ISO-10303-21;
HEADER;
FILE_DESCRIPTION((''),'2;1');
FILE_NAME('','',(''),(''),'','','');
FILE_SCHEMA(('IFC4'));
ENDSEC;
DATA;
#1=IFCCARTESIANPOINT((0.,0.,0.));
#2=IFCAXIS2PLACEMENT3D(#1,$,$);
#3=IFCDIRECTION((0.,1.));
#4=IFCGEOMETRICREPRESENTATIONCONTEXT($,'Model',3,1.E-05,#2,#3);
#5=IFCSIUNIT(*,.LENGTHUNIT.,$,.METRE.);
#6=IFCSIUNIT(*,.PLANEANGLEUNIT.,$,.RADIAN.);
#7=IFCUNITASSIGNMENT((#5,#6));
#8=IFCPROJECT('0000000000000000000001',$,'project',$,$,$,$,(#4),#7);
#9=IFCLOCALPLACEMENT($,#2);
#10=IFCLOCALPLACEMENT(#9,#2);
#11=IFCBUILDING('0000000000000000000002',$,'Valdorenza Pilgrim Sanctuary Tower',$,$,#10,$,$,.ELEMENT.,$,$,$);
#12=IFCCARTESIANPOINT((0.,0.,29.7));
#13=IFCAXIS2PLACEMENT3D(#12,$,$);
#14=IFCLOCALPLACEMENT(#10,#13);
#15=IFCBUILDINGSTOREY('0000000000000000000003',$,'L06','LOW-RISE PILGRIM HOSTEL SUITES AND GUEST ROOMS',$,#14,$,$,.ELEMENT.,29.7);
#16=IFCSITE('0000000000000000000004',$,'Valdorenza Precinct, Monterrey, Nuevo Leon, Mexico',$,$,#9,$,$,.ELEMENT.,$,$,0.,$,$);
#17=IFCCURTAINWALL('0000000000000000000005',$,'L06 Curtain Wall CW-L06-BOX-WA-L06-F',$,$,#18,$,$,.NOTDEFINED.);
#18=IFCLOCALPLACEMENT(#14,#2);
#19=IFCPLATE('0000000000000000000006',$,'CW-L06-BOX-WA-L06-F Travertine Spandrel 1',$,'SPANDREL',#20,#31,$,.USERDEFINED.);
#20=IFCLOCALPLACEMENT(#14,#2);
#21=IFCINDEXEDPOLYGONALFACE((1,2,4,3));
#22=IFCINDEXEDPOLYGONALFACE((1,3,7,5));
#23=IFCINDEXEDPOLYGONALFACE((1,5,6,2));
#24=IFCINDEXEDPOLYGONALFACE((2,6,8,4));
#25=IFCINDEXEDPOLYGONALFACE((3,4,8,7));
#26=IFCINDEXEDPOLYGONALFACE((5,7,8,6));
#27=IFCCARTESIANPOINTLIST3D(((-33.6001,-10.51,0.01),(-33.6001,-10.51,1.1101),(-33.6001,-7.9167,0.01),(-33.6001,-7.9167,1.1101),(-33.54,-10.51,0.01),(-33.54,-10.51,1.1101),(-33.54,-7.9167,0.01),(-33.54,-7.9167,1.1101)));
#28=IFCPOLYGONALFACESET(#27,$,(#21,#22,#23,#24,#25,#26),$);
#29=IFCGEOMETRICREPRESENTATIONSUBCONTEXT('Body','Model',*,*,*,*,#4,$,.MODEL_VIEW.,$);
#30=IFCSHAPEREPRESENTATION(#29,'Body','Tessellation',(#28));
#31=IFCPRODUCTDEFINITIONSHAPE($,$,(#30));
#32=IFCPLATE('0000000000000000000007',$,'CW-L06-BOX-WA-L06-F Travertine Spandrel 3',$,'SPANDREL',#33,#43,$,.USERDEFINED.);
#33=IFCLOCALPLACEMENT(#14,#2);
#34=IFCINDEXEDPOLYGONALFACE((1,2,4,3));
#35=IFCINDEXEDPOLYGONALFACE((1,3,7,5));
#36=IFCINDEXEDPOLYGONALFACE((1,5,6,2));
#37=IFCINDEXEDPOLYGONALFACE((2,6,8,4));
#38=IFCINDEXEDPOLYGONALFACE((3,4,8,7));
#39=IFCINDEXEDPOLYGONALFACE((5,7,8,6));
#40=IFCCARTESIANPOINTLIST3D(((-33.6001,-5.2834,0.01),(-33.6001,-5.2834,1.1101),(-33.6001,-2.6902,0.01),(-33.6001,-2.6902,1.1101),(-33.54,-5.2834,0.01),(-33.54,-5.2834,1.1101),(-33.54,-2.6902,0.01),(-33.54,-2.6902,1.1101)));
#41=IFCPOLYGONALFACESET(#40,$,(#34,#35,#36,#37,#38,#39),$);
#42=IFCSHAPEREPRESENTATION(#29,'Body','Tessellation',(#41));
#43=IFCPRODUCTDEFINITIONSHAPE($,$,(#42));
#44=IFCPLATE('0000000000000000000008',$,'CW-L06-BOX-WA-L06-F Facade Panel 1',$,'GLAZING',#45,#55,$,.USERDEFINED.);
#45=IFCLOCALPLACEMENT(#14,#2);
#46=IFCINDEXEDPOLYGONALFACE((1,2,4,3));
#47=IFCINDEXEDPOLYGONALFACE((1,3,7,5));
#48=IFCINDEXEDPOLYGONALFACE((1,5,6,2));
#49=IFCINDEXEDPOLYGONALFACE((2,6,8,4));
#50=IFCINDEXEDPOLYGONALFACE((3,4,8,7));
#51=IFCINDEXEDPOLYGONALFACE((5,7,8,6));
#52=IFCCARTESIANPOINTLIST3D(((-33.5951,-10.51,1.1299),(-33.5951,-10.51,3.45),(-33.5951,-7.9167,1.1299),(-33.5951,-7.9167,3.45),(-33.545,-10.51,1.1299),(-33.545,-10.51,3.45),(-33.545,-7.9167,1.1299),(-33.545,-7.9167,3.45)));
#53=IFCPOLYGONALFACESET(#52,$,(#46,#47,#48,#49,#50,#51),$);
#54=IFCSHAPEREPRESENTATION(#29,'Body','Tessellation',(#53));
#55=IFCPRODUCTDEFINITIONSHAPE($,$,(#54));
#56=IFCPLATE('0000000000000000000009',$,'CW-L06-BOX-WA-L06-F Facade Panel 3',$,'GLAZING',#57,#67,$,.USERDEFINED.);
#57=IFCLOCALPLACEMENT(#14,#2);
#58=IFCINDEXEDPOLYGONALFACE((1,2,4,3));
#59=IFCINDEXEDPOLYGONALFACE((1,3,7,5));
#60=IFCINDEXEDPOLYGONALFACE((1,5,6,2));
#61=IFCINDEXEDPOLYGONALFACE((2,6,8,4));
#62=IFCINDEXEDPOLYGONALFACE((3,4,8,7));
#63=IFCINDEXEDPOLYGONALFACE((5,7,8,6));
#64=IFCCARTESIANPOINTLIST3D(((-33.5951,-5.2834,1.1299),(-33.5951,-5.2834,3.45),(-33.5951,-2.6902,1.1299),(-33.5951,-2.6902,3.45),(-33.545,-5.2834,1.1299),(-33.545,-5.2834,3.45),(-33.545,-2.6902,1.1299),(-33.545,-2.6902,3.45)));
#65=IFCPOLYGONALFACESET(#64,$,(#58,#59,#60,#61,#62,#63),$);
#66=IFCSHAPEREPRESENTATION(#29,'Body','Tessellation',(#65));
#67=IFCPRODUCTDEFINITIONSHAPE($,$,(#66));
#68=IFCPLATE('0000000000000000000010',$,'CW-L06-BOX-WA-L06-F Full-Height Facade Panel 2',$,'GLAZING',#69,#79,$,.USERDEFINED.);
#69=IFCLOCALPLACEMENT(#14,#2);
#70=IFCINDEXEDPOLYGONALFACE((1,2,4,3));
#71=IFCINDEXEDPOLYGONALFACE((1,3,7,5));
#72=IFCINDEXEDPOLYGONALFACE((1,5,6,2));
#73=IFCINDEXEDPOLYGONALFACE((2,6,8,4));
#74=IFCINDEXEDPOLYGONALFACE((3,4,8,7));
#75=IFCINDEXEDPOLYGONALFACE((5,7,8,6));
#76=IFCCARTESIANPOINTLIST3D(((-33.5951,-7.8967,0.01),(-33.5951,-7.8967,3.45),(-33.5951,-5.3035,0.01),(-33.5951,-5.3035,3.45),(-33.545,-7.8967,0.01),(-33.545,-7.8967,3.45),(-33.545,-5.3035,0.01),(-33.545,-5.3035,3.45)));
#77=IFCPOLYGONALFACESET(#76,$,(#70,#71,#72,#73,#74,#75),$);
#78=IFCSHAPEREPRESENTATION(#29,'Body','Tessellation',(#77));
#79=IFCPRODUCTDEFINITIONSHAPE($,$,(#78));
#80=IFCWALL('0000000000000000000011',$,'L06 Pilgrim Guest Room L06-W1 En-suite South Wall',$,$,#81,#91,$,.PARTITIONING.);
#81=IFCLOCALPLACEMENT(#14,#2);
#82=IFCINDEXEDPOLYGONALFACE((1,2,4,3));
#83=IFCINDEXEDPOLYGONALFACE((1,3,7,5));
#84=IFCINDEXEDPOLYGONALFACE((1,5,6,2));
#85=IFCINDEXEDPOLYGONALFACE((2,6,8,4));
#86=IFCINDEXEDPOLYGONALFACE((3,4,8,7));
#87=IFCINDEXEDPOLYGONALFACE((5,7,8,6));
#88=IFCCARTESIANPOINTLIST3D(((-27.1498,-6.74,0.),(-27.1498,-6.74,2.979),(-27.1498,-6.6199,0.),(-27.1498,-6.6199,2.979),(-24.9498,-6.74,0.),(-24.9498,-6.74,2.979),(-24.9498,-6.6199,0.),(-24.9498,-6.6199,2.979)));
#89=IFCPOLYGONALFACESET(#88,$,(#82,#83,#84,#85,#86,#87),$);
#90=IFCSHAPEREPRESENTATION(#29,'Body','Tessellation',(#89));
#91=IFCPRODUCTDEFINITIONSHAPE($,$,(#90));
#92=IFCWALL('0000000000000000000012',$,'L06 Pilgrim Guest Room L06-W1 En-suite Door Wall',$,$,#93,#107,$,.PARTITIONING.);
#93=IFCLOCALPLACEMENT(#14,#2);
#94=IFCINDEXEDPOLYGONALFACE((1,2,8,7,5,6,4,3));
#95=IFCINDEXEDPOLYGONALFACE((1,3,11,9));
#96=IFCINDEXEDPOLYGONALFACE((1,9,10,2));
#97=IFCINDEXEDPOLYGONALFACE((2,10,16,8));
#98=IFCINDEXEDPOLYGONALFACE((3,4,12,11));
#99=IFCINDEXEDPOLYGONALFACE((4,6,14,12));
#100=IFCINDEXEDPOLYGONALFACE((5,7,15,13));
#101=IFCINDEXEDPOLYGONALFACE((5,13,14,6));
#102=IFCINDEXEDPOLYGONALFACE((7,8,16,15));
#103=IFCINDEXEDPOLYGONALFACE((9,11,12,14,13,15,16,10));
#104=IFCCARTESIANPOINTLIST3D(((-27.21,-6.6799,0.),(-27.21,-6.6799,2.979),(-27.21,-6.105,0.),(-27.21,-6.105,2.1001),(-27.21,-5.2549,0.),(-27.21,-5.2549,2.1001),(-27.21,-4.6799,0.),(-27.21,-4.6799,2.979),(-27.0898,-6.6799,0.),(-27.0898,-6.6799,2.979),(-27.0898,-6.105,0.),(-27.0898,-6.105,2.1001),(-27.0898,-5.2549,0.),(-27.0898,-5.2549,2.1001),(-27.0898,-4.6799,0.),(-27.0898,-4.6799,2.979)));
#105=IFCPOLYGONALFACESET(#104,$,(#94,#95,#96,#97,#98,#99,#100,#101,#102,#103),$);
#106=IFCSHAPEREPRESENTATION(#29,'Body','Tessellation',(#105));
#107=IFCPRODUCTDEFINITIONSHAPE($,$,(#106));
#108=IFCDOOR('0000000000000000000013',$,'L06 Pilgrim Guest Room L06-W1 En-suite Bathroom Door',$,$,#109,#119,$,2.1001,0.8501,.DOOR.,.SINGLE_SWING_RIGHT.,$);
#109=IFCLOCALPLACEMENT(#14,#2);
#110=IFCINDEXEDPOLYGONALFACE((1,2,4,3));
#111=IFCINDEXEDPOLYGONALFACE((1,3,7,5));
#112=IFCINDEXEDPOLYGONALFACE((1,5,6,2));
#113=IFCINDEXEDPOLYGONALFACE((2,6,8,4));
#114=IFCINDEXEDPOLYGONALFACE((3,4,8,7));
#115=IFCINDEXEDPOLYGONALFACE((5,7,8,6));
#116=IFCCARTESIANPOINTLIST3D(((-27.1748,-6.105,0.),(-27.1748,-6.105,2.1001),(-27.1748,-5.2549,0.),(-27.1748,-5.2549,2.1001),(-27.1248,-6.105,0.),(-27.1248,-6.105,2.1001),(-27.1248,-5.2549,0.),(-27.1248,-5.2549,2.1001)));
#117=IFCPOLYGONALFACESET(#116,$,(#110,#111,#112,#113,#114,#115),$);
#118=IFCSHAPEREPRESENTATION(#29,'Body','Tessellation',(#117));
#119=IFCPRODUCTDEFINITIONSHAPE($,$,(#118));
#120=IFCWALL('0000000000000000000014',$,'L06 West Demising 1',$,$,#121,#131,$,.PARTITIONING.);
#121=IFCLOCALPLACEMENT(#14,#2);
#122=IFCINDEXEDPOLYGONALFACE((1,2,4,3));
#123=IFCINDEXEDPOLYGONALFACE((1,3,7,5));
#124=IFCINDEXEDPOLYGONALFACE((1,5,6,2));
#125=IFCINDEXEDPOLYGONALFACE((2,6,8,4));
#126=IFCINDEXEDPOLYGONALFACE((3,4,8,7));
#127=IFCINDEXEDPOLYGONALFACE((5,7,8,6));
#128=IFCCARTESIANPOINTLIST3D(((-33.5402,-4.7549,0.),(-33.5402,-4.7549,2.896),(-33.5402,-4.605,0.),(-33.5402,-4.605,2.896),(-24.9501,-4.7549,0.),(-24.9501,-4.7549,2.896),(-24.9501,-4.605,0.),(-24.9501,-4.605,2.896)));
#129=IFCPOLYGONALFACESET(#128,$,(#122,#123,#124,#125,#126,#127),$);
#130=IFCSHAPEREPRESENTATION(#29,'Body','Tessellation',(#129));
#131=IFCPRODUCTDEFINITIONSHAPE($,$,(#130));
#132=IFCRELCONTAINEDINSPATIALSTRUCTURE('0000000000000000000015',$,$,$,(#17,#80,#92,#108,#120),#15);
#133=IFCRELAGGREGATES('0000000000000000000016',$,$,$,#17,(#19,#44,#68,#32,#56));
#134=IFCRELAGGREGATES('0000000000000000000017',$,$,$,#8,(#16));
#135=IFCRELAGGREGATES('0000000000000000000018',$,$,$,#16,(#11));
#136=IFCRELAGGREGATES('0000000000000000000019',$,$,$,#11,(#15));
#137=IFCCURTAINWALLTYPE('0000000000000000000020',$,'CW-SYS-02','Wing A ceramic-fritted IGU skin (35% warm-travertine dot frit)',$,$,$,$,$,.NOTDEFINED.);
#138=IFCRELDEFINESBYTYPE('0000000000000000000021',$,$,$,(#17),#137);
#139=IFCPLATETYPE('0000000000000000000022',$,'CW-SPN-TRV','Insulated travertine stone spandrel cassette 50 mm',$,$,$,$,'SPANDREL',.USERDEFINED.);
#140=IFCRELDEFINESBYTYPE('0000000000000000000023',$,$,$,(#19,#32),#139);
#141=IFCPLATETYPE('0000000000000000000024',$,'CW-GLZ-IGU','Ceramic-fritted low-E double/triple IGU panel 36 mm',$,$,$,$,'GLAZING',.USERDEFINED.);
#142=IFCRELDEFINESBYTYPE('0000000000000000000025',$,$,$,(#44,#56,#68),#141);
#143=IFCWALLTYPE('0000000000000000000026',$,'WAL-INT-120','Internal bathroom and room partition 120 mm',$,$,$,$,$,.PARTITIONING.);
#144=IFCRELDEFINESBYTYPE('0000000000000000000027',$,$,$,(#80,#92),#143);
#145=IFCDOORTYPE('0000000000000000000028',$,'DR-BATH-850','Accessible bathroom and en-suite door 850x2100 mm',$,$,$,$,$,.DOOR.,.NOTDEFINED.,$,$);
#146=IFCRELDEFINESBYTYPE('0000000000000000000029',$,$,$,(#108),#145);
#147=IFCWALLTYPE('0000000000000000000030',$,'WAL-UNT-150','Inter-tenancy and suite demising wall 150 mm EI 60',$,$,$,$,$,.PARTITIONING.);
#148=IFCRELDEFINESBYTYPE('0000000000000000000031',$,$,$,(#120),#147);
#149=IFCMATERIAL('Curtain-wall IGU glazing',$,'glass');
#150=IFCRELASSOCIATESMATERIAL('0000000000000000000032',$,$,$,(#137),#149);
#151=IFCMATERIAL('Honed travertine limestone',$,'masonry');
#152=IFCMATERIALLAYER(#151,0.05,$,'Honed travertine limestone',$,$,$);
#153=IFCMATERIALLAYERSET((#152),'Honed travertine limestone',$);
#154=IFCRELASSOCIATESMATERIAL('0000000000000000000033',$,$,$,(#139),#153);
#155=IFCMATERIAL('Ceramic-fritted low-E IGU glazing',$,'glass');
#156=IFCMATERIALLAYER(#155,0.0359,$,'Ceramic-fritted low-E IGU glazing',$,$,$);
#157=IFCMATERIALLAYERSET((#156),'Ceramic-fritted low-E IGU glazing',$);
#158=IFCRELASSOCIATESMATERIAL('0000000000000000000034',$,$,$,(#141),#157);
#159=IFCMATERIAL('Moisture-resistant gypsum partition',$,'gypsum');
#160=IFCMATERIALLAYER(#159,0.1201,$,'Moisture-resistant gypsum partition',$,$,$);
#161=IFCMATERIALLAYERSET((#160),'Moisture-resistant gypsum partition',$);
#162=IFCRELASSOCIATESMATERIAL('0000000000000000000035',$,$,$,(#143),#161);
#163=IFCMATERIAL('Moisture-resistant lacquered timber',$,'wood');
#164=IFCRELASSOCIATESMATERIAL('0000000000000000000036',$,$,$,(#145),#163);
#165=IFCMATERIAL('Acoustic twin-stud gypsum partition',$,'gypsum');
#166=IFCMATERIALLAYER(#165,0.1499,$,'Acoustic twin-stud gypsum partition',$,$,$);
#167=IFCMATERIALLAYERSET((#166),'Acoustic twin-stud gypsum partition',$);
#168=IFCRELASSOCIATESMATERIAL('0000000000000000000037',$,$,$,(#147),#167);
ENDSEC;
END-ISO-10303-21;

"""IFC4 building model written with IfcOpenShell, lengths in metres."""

from ifc_helpers import new_model, si_unit, direction, frame, frame_2d, origin, origin_2d, place, context, subcontext, project, spatial, rectangle, extrude, source, transform, mapped, material, layer, layer_set, type_object, element, fill, aggregate, save


model = new_model("IFC4")

# Units and contexts
model_context = context("Model", 3, precision=1e-05, world=origin(), true_north=direction((0.0, 1.0)))
body_context = subcontext(model_context, "Body", "Model", "MODEL_VIEW")
ifc_project = project(units=[si_unit("LENGTHUNIT", "METRE"), si_unit("PLANEANGLEUNIT", "RADIAN")], contexts=[model_context])

# Site, building, storey
site_placement = place(None, origin())
site = spatial("IfcSite", under=ifc_project, at=site_placement, Name="Valdorenza Precinct, Monterrey, Nuevo Leon, Mexico", CompositionType="ELEMENT", RefElevation=0.0)
building_placement = place(site_placement, origin())
building = spatial("IfcBuilding", under=site, at=building_placement, Name="Valdorenza Pilgrim Sanctuary Tower", CompositionType="ELEMENT")
storey_placement = place(building_placement, frame((0.0, 0.0, 29.7)))
storey = spatial("IfcBuildingStorey", under=building, at=storey_placement, Name="L06", Description="LOW-RISE PILGRIM HOSTEL SUITES AND GUEST ROOMS", CompositionType="ELEMENT", Elevation=29.7)

# Shared definitions
ifc_material_1 = material(Name="Curtain-wall IGU glazing", Category="glass")
curtain_wall_type = type_object("IfcCurtainWallType", Name="CW-SYS-02", Description="Wing A ceramic-fritted IGU skin (35% warm-travertine dot frit)", PredefinedType="NOTDEFINED", material=ifc_material_1)

# Curtain wall
curtain_wall_1_placement = place(storey_placement, origin())
curtain_wall_1 = element("IfcCurtainWall", 1, at=curtain_wall_1_placement, inside=storey, type_object=curtain_wall_type, Name="L06 Curtain Wall CW-L06-BOX-WA-L06-F", PredefinedType="NOTDEFINED")

# Plates
ifc_material_2 = material(Name="Honed travertine limestone", Category="masonry")
ifc_layer_1 = layer(ifc_material_2, 0.05, Name="Honed travertine limestone")
ifc_layer_set_1 = layer_set([ifc_layer_1], Name="Honed travertine limestone")
plate_type_1 = type_object("IfcPlateType", Name="CW-SPN-TRV", Description="Insulated travertine stone spandrel cassette 50 mm", ElementType="SPANDREL", PredefinedType="USERDEFINED", material=ifc_layer_set_1)
ifc_material_3 = material(Name="Ceramic-fritted low-E IGU glazing", Category="glass")
ifc_layer_2 = layer(ifc_material_3, 0.0359, Name="Ceramic-fritted low-E IGU glazing")
ifc_layer_set_2 = layer_set([ifc_layer_2], Name="Ceramic-fritted low-E IGU glazing")
plate_type_2 = type_object("IfcPlateType", Name="CW-GLZ-IGU", Description="Ceramic-fritted low-E double/triple IGU panel 36 mm", ElementType="GLAZING", PredefinedType="USERDEFINED", material=ifc_layer_set_2)
shared_shape_1 = source(origin(), body_context, "Body", "SweptSolid", [
    extrude(rectangle(XDim=2.5933, YDim=0.0601, at=origin_2d()), origin(), (0.0, 0.0, 1.0), 1.1001),
])
plate_1_placement = place(storey_placement, frame((-33.5701, -9.2134, 0.01), z_axis=(0.0, 0.0, 1.0), x_axis=(0.0, 1.0, 0.0)))
plate_1 = element("IfcPlate", 2, at=plate_1_placement, type_object=plate_type_1, Name="CW-L06-BOX-WA-L06-F Travertine Spandrel 1", ObjectType="SPANDREL", PredefinedType="USERDEFINED", context=body_context, shape_type="MappedRepresentation", body=[
    mapped(shared_shape_1, transform((0.0, 0.0, 0.0), x_axis=(1.0, 0.0, 0.0), y_axis=(0.0, 1.0, 0.0), z_axis=(0.0, 0.0, 1.0), scale=1.0)),
])
plate_2_placement = place(storey_placement, frame((-33.5701, -3.9868, 0.01), z_axis=(0.0, 0.0, 1.0), x_axis=(0.0, 1.0, 0.0)))
plate_2 = element("IfcPlate", 3, at=plate_2_placement, type_object=plate_type_1, Name="CW-L06-BOX-WA-L06-F Travertine Spandrel 3", ObjectType="SPANDREL", PredefinedType="USERDEFINED", context=body_context, shape_type="MappedRepresentation", body=[
    mapped(shared_shape_1, transform((0.0, 0.0, 0.0), x_axis=(1.0, 0.0, 0.0), y_axis=(0.0, 1.0, 0.0), z_axis=(0.0, 0.0, 1.0), scale=1.0)),
])
shared_shape_2 = source(origin(), body_context, "Body", "SweptSolid", [
    extrude(rectangle(XDim=2.5933, YDim=0.05, at=origin_2d()), origin(), (0.0, 0.0, 1.0), 2.3201),
])
plate_3_placement = place(storey_placement, frame((-33.5701, -9.2134, 1.1299), z_axis=(0.0, 0.0, 1.0), x_axis=(0.0, 1.0, 0.0)))
plate_3 = element("IfcPlate", 4, at=plate_3_placement, type_object=plate_type_2, Name="CW-L06-BOX-WA-L06-F Facade Panel 1", ObjectType="GLAZING", PredefinedType="USERDEFINED", context=body_context, shape_type="MappedRepresentation", body=[
    mapped(shared_shape_2, transform((0.0, 0.0, 0.0), x_axis=(1.0, 0.0, 0.0), y_axis=(0.0, 1.0, 0.0), z_axis=(0.0, 0.0, 1.0), scale=1.0)),
])
plate_4_placement = place(storey_placement, frame((-33.5701, -3.9868, 1.1299), z_axis=(0.0, 0.0, 1.0), x_axis=(0.0, 1.0, 0.0)))
plate_4 = element("IfcPlate", 5, at=plate_4_placement, type_object=plate_type_2, Name="CW-L06-BOX-WA-L06-F Facade Panel 3", ObjectType="GLAZING", PredefinedType="USERDEFINED", context=body_context, shape_type="MappedRepresentation", body=[
    mapped(shared_shape_2, transform((0.0, 0.0, 0.0), x_axis=(1.0, 0.0, 0.0), y_axis=(0.0, 1.0, 0.0), z_axis=(0.0, 0.0, 1.0), scale=1.0)),
])
shared_shape_3 = source(origin(), body_context, "Body", "SweptSolid", [
    extrude(rectangle(XDim=2.5933, YDim=0.05, at=origin_2d()), origin(), (0.0, 0.0, 1.0), 3.4399),
])
plate_5_placement = place(storey_placement, frame((-33.5701, -6.6001, 0.01), z_axis=(0.0, 0.0, 1.0), x_axis=(0.0, 1.0, 0.0)))
plate_5 = element("IfcPlate", 6, at=plate_5_placement, type_object=plate_type_2, Name="CW-L06-BOX-WA-L06-F Full-Height Facade Panel 2", ObjectType="GLAZING", PredefinedType="USERDEFINED", context=body_context, shape_type="MappedRepresentation", body=[
    mapped(shared_shape_3, transform((0.0, 0.0, 0.0), x_axis=(1.0, 0.0, 0.0), y_axis=(0.0, 1.0, 0.0), z_axis=(0.0, 0.0, 1.0), scale=1.0)),
])
aggregate(curtain_wall_1, [plate_1, plate_3, plate_5, plate_2, plate_4])

# Wall
ifc_material_4 = material(Name="Moisture-resistant gypsum partition", Category="gypsum")
ifc_layer_3 = layer(ifc_material_4, 0.1201, Name="Moisture-resistant gypsum partition")
ifc_layer_set_3 = layer_set([ifc_layer_3], Name="Moisture-resistant gypsum partition")
wall_type_1 = type_object("IfcWallType", Name="WAL-INT-120", Description="Internal bathroom and room partition 120 mm", PredefinedType="PARTITIONING", material=ifc_layer_set_3)
wall_1_placement = place(storey_placement, frame((-27.1499, -6.6799, 0.0), z_axis=(0.0, 0.0, 1.0), x_axis=(1.0, 0.0, 0.0)))
element("IfcWall", 7, at=wall_1_placement, inside=storey, type_object=wall_type_1, Name="L06 Pilgrim Guest Room L06-W1 En-suite South Wall", PredefinedType="PARTITIONING", context=body_context, shape_type="SweptSolid", body=[
    extrude(rectangle(XDim=2.2, YDim=0.1201, at=frame_2d((1.1001, 0.0))), origin(), (0.0, 0.0, 1.0), 2.979),
])

# Wall, opening, door
wall_2_placement = place(storey_placement, frame((-27.1499, -6.6799, 0.0), z_axis=(0.0, 0.0, 1.0), x_axis=(0.0, 1.0, 0.0)))
wall_2 = element("IfcWall", 8, at=wall_2_placement, inside=storey, type_object=wall_type_1, Name="L06 Pilgrim Guest Room L06-W1 En-suite Door Wall", PredefinedType="PARTITIONING", context=body_context, shape_type="SweptSolid", body=[
    extrude(rectangle(XDim=2.0, YDim=0.1201, at=frame_2d((1.0, 0.0))), origin(), (0.0, 0.0, 1.0), 2.979),
])
opening_placement = place(wall_2_placement, frame((0.575, 0.0, 0.0)))
opening = element("IfcOpeningElement", 9, at=opening_placement, cuts=wall_2, PredefinedType="OPENING", context=body_context, shape_type="SweptSolid", body=[
    extrude(rectangle(XDim=0.8501, YDim=2.1001, at=frame_2d((0.425, 1.05))), frame((0.0, 0.075, 0.0), z_axis=(0.0, -1.0, 0.0), x_axis=(1.0, 0.0, 0.0)), (0.0, 0.0, 1.0), 0.1499),
])
ifc_material_5 = material(Name="Moisture-resistant lacquered timber", Category="wood")
door_type = type_object("IfcDoorType", Name="DR-BATH-850", Description="Accessible bathroom and en-suite door 850x2100 mm", OperationType="NOTDEFINED", PredefinedType="DOOR", material=ifc_material_5)
door_placement = place(opening_placement, origin())
door = element("IfcDoor", 10, at=door_placement, inside=storey, type_object=door_type, Name="L06 Pilgrim Guest Room L06-W1 En-suite Bathroom Door", OperationType="SINGLE_SWING_RIGHT", OverallHeight=2.1001, OverallWidth=0.8501, PredefinedType="DOOR", context=body_context, shape_type="SweptSolid", body=[
    extrude(rectangle(XDim=0.8501, YDim=2.1001, at=frame_2d((0.425, 1.05))), frame((0.0, 0.0249, 0.0), z_axis=(0.0, -1.0, 0.0), x_axis=(1.0, 0.0, 0.0)), (0.0, 0.0, 1.0), 0.05),
])
fill(opening, door)

# Wall
ifc_material_6 = material(Name="Acoustic twin-stud gypsum partition", Category="gypsum")
ifc_layer_4 = layer(ifc_material_6, 0.1499, Name="Acoustic twin-stud gypsum partition")
ifc_layer_set_4 = layer_set([ifc_layer_4], Name="Acoustic twin-stud gypsum partition")
wall_type_2 = type_object("IfcWallType", Name="WAL-UNT-150", Description="Inter-tenancy and suite demising wall 150 mm EI 60", PredefinedType="PARTITIONING", material=ifc_layer_set_4)
wall_3_placement = place(storey_placement, frame((-33.54, -4.6799, 0.0), z_axis=(0.0, 0.0, 1.0), x_axis=(1.0, 0.0, 0.0)))
element("IfcWall", 11, at=wall_3_placement, inside=storey, type_object=wall_type_2, Name="L06 West Demising 1", PredefinedType="PARTITIONING", context=body_context, shape_type="SweptSolid", body=[
    extrude(rectangle(XDim=8.5901, YDim=0.1499, at=frame_2d((4.2949, 0.0))), origin(), (0.0, 0.0, 1.0), 2.896),
])

save(model, "model.ifc")
